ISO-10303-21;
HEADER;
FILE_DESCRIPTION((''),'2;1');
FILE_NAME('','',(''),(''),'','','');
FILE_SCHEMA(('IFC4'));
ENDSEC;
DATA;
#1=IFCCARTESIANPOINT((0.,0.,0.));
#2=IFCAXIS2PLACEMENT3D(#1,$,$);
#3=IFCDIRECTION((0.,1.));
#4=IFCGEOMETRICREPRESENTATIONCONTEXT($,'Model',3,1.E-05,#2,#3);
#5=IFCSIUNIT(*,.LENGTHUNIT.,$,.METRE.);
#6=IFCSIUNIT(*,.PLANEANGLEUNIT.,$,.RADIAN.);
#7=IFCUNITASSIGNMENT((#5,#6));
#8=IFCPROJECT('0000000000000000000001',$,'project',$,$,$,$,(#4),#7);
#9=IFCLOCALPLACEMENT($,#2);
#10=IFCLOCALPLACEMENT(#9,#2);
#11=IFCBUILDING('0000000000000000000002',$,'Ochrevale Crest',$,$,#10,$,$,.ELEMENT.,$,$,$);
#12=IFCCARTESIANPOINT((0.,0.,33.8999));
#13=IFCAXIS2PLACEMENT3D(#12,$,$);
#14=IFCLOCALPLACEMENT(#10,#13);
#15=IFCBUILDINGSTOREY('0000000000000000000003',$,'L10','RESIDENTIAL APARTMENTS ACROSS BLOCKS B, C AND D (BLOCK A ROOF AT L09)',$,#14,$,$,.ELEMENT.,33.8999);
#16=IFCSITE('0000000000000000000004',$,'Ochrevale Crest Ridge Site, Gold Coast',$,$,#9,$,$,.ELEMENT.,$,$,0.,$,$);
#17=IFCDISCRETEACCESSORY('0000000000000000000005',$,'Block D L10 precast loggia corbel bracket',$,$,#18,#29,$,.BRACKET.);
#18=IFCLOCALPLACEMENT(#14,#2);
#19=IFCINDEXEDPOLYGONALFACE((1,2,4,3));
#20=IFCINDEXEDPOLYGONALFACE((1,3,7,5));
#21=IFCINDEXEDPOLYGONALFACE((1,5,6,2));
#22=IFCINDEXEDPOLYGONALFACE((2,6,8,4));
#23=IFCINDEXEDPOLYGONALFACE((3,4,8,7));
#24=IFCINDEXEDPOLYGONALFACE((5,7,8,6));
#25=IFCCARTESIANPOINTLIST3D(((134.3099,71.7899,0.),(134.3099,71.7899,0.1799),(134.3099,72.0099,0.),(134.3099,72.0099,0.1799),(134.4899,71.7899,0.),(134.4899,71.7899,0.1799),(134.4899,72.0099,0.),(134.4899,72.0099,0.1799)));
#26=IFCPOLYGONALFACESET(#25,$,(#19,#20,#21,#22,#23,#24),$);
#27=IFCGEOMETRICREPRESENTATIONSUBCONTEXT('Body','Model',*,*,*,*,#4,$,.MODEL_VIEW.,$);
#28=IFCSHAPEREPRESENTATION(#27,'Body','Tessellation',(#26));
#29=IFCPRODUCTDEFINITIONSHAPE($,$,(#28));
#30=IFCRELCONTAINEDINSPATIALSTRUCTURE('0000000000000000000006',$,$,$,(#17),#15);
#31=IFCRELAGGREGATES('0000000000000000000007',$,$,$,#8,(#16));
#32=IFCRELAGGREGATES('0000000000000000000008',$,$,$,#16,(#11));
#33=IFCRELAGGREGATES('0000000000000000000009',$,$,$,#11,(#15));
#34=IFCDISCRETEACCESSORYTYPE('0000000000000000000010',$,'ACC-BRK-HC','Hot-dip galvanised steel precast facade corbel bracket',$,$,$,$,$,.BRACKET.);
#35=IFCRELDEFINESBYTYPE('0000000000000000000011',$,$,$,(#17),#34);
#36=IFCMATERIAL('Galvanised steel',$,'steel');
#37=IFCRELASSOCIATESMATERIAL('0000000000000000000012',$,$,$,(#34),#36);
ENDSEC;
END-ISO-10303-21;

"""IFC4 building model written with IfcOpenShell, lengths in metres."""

from ifc_helpers import new_model, si_unit, direction, frame, origin, origin_2d, place, context, subcontext, project, spatial, rectangle, extrude, material, type_object, element, save


model = new_model("IFC4")

# Units and contexts
model_context = context("Model", 3, precision=1e-05, world=origin(), true_north=direction((0.0, 1.0)))
body_context = subcontext(model_context, "Body", "Model", "MODEL_VIEW")
ifc_project = project(units=[si_unit("LENGTHUNIT", "METRE"), si_unit("PLANEANGLEUNIT", "RADIAN")], contexts=[model_context])

# Site, building, storey
site_placement = place(None, origin())
site = spatial("IfcSite", under=ifc_project, at=site_placement, Name="Ochrevale Crest Ridge Site, Gold Coast", CompositionType="ELEMENT", RefElevation=0.0)
building_placement = place(site_placement, origin())
building = spatial("IfcBuilding", under=site, at=building_placement, Name="Ochrevale Crest", CompositionType="ELEMENT")
storey_placement = place(building_placement, frame((0.0, 0.0, 33.8999)))
storey = spatial("IfcBuildingStorey", under=building, at=storey_placement, Name="L10", Description="RESIDENTIAL APARTMENTS ACROSS BLOCKS B, C AND D (BLOCK A ROOF AT L09)", CompositionType="ELEMENT", Elevation=33.8999)

# Shared definitions
ifc_material_1 = material(Name="Galvanised steel", Category="steel")

# Discrete accessory
discrete_accessory_type = type_object("IfcDiscreteAccessoryType", Name="ACC-BRK-HC", Description="Hot-dip galvanised steel precast facade corbel bracket", PredefinedType="BRACKET", material=ifc_material_1)
for number, where, z_axis, x_axis, name in (
    (1, (134.3999, 71.8999, 0.0), (0.0, 0.0, 1.0), (1.0, 0.0, 0.0), "Block D L10 precast loggia corbel bracket"),
):
    element("IfcDiscreteAccessory", number, at=place(storey_placement, frame(where, z_axis=z_axis, x_axis=x_axis)), inside=storey, type_object=discrete_accessory_type, Name=name, PredefinedType="BRACKET", context=body_context, shape_type="SweptSolid", body=[
        extrude(rectangle(XDim=0.1799, YDim=0.22, at=origin_2d()), origin(), (0.0, 0.0, 1.0), 0.1799),
    ])

save(model, "model.ifc")
